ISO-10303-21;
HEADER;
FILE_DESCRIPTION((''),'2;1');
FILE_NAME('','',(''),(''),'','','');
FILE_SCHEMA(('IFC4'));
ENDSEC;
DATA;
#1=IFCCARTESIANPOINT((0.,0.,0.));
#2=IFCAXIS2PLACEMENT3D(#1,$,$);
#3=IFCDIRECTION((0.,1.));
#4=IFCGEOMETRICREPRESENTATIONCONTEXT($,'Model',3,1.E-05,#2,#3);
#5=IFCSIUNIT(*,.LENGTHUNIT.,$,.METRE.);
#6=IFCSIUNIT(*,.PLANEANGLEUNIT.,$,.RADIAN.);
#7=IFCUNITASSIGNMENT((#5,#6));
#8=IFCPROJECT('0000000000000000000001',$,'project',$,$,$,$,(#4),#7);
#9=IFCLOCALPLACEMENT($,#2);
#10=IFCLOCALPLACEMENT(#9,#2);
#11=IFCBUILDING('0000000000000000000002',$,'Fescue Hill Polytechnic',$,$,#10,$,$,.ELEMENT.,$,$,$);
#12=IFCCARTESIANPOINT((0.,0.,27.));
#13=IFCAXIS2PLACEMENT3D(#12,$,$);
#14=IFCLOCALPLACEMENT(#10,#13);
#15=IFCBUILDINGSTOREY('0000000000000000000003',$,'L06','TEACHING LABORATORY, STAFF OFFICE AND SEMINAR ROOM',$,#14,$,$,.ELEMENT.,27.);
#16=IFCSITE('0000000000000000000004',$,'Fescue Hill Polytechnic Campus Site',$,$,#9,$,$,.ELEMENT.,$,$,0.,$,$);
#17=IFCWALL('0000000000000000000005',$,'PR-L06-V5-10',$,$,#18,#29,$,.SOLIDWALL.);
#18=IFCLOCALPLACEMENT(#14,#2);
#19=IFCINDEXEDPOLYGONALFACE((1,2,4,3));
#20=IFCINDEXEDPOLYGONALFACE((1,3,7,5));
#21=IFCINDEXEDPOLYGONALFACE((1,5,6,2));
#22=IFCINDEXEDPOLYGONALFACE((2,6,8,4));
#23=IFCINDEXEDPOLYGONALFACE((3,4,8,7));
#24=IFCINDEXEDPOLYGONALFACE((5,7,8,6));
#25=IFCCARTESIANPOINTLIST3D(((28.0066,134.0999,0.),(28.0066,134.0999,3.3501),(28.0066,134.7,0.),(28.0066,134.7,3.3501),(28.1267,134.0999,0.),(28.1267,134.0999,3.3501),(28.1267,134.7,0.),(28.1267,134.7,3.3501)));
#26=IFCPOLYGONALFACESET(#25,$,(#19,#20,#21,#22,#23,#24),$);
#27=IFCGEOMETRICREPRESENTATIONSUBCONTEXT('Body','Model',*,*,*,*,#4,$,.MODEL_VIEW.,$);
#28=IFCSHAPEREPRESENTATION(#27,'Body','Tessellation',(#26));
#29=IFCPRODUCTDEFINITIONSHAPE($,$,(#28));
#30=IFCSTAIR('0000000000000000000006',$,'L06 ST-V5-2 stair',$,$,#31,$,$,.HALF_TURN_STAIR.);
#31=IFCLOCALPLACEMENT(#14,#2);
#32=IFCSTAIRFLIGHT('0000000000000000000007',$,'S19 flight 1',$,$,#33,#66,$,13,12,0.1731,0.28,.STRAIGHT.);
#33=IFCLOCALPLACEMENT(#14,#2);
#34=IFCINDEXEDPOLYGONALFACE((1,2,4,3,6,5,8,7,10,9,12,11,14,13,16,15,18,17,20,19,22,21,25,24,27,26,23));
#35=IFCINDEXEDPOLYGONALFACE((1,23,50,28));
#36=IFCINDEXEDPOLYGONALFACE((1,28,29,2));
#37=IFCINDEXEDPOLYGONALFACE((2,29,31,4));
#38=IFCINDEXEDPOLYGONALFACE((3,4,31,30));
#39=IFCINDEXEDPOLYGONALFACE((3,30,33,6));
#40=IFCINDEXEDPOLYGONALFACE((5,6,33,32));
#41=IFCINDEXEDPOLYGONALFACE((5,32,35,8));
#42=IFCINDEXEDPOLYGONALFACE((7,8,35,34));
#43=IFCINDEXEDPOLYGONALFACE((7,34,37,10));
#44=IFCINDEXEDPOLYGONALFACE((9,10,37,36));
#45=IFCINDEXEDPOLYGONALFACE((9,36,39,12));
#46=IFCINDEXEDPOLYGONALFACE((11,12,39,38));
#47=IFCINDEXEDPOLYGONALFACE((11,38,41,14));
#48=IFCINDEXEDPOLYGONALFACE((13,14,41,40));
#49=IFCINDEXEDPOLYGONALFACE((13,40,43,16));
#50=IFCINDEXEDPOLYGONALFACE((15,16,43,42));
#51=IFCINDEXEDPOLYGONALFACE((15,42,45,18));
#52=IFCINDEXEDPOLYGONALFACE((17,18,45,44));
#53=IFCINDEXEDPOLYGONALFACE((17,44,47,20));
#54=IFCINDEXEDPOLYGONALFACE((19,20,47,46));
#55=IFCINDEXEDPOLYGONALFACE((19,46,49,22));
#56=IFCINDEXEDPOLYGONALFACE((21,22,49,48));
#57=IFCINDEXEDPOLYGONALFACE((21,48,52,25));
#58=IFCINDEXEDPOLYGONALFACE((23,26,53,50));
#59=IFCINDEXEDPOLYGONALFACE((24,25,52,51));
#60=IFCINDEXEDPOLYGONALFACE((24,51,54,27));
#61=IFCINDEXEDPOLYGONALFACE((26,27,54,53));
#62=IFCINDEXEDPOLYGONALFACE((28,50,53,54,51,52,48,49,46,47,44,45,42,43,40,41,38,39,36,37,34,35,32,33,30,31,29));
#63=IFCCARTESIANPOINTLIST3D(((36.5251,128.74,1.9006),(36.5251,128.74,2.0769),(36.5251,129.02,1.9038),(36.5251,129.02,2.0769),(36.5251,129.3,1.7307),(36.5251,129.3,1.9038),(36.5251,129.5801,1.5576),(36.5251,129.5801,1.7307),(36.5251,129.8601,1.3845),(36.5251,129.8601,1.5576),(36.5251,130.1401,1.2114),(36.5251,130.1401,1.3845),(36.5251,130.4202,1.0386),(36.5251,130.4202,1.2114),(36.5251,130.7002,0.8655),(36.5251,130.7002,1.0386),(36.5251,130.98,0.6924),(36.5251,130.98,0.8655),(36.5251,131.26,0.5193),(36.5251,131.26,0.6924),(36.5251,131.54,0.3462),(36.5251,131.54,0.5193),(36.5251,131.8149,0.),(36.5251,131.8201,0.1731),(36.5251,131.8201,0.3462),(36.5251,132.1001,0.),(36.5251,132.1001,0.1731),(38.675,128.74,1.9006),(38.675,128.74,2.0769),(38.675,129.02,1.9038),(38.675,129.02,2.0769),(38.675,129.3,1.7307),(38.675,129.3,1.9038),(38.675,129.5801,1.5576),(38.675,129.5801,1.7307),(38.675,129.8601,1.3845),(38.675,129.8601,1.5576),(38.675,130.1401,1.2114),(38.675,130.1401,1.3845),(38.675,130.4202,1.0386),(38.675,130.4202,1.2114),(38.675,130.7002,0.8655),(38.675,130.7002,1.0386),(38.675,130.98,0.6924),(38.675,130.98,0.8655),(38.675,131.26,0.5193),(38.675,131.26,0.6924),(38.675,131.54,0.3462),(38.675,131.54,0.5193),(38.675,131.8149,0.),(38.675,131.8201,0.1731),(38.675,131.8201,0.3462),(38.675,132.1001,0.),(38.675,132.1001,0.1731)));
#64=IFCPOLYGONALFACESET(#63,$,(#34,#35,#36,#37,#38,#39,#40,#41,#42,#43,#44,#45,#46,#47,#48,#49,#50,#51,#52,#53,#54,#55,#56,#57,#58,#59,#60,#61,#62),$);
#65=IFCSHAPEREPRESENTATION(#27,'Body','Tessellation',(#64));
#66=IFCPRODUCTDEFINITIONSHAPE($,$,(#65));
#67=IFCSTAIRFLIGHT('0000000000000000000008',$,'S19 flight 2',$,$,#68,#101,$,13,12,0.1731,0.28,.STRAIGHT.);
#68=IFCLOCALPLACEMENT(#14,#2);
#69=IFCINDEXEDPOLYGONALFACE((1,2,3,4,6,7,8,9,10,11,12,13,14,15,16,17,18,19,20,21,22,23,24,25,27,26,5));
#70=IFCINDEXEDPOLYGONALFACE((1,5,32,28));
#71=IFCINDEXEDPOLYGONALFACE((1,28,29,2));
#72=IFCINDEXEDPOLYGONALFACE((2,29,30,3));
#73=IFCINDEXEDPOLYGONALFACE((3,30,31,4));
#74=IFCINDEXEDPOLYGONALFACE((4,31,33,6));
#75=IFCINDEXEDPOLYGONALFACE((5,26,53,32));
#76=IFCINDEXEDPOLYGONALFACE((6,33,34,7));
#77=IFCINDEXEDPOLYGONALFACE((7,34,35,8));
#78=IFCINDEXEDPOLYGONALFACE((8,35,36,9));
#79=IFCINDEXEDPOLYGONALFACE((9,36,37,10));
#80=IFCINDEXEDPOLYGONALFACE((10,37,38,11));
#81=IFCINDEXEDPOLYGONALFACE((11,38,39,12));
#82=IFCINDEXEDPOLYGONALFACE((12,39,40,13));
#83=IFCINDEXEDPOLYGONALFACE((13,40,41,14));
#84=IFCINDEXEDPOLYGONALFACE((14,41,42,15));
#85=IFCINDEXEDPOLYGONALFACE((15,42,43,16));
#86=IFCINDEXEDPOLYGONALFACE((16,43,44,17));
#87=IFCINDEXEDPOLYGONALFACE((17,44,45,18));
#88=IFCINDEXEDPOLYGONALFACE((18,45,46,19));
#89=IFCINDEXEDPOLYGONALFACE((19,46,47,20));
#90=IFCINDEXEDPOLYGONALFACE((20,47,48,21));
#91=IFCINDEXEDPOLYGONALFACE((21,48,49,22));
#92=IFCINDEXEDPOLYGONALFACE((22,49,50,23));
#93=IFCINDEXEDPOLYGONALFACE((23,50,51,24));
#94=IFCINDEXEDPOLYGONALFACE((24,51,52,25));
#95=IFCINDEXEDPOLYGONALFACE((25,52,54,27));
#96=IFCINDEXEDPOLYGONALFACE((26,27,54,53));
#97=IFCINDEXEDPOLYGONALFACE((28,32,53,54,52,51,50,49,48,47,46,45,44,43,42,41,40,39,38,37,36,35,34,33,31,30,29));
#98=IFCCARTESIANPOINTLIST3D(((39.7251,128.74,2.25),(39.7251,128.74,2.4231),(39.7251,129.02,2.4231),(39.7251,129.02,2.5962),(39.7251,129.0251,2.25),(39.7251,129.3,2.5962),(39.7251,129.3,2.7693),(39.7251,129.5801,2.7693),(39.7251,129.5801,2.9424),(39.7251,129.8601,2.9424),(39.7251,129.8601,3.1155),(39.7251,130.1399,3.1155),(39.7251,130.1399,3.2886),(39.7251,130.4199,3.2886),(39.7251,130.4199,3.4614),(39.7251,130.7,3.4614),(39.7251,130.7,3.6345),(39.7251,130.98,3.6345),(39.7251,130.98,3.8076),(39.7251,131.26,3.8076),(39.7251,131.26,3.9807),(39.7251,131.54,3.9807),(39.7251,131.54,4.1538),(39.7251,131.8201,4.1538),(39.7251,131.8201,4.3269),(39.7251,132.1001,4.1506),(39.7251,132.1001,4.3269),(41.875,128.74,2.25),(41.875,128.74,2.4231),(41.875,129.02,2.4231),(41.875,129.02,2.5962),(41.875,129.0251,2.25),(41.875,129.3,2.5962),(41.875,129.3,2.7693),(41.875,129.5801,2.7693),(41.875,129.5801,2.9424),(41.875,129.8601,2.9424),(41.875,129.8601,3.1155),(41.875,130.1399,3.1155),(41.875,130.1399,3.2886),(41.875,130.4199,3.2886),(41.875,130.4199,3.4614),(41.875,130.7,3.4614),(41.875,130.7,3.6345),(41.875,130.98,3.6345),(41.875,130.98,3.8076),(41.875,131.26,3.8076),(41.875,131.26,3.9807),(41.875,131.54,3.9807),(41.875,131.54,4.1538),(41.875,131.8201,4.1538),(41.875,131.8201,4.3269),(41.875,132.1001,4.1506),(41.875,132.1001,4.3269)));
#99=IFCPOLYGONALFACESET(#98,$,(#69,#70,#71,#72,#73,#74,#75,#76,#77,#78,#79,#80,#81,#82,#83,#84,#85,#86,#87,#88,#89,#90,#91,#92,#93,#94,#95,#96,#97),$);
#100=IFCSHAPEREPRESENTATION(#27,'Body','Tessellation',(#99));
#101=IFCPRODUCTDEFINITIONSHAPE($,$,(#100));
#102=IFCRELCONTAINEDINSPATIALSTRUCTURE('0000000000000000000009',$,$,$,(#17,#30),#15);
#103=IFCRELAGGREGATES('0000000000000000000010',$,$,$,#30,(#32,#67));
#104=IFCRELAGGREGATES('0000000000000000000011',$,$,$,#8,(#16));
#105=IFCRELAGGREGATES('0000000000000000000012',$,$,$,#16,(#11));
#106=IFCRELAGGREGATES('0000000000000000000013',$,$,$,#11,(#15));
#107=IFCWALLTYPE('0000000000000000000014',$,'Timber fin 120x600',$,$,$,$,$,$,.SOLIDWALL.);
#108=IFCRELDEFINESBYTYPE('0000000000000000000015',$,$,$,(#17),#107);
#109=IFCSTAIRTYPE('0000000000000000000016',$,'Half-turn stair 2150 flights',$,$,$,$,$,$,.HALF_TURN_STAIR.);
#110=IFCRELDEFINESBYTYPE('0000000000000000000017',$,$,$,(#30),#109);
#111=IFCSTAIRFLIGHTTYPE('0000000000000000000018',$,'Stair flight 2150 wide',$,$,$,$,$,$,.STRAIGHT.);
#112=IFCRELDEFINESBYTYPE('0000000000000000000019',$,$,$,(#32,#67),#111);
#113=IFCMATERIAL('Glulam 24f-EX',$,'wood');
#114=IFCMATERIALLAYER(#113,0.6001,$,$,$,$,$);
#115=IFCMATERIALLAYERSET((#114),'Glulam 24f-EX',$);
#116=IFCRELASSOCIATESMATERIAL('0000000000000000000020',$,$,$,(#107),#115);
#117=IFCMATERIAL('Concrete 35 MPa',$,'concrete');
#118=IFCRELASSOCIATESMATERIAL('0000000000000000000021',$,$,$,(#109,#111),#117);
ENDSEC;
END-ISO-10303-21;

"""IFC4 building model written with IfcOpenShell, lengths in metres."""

from ifc_helpers import new_model, si_unit, direction, frame, frame_2d, origin, place, context, subcontext, project, spatial, polyline, rectangle, outline, extrude, material, layer, layer_set, type_object, element, aggregate, save


model = new_model("IFC4")

# Units and contexts
model_context = context("Model", 3, precision=1e-05, world=origin(), true_north=direction((0.0, 1.0)))
body_context = subcontext(model_context, "Body", "Model", "MODEL_VIEW")
ifc_project = project(units=[si_unit("LENGTHUNIT", "METRE"), si_unit("PLANEANGLEUNIT", "RADIAN")], contexts=[model_context])

# Site, building, storey
site_placement = place(None, origin())
site = spatial("IfcSite", under=ifc_project, at=site_placement, Name="Fescue Hill Polytechnic Campus Site", CompositionType="ELEMENT", RefElevation=0.0)
building_placement = place(site_placement, origin())
building = spatial("IfcBuilding", under=site, at=building_placement, Name="Fescue Hill Polytechnic", CompositionType="ELEMENT")
storey_placement = place(building_placement, frame((0.0, 0.0, 27.0)))
storey = spatial("IfcBuildingStorey", under=building, at=storey_placement, Name="L06", Description="TEACHING LABORATORY, STAFF OFFICE AND SEMINAR ROOM", CompositionType="ELEMENT", Elevation=27.0)

# Shared definitions
ifc_material_1 = material(Name="Concrete 35 MPa", Category="concrete")

# Wall
ifc_material_2 = material(Name="Glulam 24f-EX", Category="wood")
ifc_layer_1 = layer(ifc_material_2, 0.6001)
ifc_layer_set_1 = layer_set([ifc_layer_1], Name="Glulam 24f-EX")
wall_type_1 = type_object("IfcWallType", Name="Timber fin 120x600", PredefinedType="SOLIDWALL", material=ifc_layer_set_1)
wall_1_placement = place(storey_placement, frame((28.1267, 134.3999, 0.0), z_axis=(0.0, 0.0, 1.0), x_axis=(-1.0, 0.0, 0.0)))
element("IfcWall", 1, at=wall_1_placement, inside=storey, type_object=wall_type_1, Name="PR-L06-V5-10", PredefinedType="SOLIDWALL", context=body_context, shape_type="SweptSolid", body=[
    extrude(rectangle(XDim=0.1201, YDim=0.6001, at=frame_2d((0.0601, 0.0))), origin(), (0.0, 0.0, 1.0), 3.3501),
])

# Stair, stair flights
stair_type = type_object("IfcStairType", Name="Half-turn stair 2150 flights", PredefinedType="HALF_TURN_STAIR", material=ifc_material_1)
stair_placement = place(storey_placement, origin())
stair = element("IfcStair", 2, at=stair_placement, inside=storey, type_object=stair_type, Name="L06 ST-V5-2 stair", PredefinedType="HALF_TURN_STAIR")
stair_flight_type = type_object("IfcStairFlightType", Name="Stair flight 2150 wide", PredefinedType="STRAIGHT", material=ifc_material_1)
stair_flight_1_placement = place(storey_placement, frame((37.6001, 132.1001, 0.0), z_axis=(0.0, 0.0, 1.0), x_axis=(0.0, -1.0, 0.0)))
stair_flight_1 = element("IfcStairFlight", 3, at=stair_flight_1_placement, type_object=stair_flight_type, Name="S19 flight 1", NumberOfRisers=13, NumberOfTreads=12, PredefinedType="STRAIGHT", RiserHeight=0.1731, TreadLength=0.28, context=body_context, shape_type="SweptSolid", body=[
    extrude(outline(polyline([(0.0, 0.0), (0.0, 0.1731), (0.28, 0.1731), (0.28, 0.3462), (0.5601, 0.3462), (0.5601, 0.5193), (0.8401, 0.5193), (0.8401, 0.6924), (1.1201, 0.6924), (1.1201, 0.8655), (1.3999, 0.8655), (1.3999, 1.0386), (1.6799, 1.0386), (1.6799, 1.2114), (1.96, 1.2114), (1.96, 1.3845), (2.24, 1.3845), (2.24, 1.5576), (2.52, 1.5576), (2.52, 1.7307), (2.8, 1.7307), (2.8, 1.9038), (3.0801, 1.9038), (3.0801, 2.0769), (3.3601, 2.0769), (3.3601, 2.25), (3.3601, 1.9006), (0.2852, 0.0), (0.0, 0.0)])), frame((0.0, 1.075, 0.0), z_axis=(0.0, -1.0, 0.0), x_axis=(1.0, 0.0, 0.0)), (0.0, 0.0, 1.0), 2.1499),
])
stair_flight_2_placement = place(storey_placement, frame((40.8, 128.74, 2.25), z_axis=(0.0, 0.0, 1.0), x_axis=(0.0, 1.0, 0.0)))
stair_flight_2 = element("IfcStairFlight", 4, at=stair_flight_2_placement, type_object=stair_flight_type, Name="S19 flight 2", NumberOfRisers=13, NumberOfTreads=12, PredefinedType="STRAIGHT", RiserHeight=0.1731, TreadLength=0.28, context=body_context, shape_type="SweptSolid", body=[
    extrude(outline(polyline([(0.0, 0.0), (0.0, 0.1731), (0.28, 0.1731), (0.28, 0.3462), (0.5601, 0.3462), (0.5601, 0.5193), (0.8401, 0.5193), (0.8401, 0.6924), (1.1201, 0.6924), (1.1201, 0.8655), (1.3999, 0.8655), (1.3999, 1.0386), (1.6799, 1.0386), (1.6799, 1.2114), (1.96, 1.2114), (1.96, 1.3845), (2.24, 1.3845), (2.24, 1.5576), (2.52, 1.5576), (2.52, 1.7307), (2.8, 1.7307), (2.8, 1.9038), (3.0801, 1.9038), (3.0801, 2.0769), (3.3601, 2.0769), (3.3601, 2.25), (3.3601, 1.9006), (0.2852, 0.0), (0.0, 0.0)])), frame((0.0, 1.075, 0.0), z_axis=(0.0, -1.0, 0.0), x_axis=(1.0, 0.0, 0.0)), (0.0, 0.0, 1.0), 2.1499),
])
aggregate(stair, [stair_flight_1, stair_flight_2])

save(model, "model.ifc")
